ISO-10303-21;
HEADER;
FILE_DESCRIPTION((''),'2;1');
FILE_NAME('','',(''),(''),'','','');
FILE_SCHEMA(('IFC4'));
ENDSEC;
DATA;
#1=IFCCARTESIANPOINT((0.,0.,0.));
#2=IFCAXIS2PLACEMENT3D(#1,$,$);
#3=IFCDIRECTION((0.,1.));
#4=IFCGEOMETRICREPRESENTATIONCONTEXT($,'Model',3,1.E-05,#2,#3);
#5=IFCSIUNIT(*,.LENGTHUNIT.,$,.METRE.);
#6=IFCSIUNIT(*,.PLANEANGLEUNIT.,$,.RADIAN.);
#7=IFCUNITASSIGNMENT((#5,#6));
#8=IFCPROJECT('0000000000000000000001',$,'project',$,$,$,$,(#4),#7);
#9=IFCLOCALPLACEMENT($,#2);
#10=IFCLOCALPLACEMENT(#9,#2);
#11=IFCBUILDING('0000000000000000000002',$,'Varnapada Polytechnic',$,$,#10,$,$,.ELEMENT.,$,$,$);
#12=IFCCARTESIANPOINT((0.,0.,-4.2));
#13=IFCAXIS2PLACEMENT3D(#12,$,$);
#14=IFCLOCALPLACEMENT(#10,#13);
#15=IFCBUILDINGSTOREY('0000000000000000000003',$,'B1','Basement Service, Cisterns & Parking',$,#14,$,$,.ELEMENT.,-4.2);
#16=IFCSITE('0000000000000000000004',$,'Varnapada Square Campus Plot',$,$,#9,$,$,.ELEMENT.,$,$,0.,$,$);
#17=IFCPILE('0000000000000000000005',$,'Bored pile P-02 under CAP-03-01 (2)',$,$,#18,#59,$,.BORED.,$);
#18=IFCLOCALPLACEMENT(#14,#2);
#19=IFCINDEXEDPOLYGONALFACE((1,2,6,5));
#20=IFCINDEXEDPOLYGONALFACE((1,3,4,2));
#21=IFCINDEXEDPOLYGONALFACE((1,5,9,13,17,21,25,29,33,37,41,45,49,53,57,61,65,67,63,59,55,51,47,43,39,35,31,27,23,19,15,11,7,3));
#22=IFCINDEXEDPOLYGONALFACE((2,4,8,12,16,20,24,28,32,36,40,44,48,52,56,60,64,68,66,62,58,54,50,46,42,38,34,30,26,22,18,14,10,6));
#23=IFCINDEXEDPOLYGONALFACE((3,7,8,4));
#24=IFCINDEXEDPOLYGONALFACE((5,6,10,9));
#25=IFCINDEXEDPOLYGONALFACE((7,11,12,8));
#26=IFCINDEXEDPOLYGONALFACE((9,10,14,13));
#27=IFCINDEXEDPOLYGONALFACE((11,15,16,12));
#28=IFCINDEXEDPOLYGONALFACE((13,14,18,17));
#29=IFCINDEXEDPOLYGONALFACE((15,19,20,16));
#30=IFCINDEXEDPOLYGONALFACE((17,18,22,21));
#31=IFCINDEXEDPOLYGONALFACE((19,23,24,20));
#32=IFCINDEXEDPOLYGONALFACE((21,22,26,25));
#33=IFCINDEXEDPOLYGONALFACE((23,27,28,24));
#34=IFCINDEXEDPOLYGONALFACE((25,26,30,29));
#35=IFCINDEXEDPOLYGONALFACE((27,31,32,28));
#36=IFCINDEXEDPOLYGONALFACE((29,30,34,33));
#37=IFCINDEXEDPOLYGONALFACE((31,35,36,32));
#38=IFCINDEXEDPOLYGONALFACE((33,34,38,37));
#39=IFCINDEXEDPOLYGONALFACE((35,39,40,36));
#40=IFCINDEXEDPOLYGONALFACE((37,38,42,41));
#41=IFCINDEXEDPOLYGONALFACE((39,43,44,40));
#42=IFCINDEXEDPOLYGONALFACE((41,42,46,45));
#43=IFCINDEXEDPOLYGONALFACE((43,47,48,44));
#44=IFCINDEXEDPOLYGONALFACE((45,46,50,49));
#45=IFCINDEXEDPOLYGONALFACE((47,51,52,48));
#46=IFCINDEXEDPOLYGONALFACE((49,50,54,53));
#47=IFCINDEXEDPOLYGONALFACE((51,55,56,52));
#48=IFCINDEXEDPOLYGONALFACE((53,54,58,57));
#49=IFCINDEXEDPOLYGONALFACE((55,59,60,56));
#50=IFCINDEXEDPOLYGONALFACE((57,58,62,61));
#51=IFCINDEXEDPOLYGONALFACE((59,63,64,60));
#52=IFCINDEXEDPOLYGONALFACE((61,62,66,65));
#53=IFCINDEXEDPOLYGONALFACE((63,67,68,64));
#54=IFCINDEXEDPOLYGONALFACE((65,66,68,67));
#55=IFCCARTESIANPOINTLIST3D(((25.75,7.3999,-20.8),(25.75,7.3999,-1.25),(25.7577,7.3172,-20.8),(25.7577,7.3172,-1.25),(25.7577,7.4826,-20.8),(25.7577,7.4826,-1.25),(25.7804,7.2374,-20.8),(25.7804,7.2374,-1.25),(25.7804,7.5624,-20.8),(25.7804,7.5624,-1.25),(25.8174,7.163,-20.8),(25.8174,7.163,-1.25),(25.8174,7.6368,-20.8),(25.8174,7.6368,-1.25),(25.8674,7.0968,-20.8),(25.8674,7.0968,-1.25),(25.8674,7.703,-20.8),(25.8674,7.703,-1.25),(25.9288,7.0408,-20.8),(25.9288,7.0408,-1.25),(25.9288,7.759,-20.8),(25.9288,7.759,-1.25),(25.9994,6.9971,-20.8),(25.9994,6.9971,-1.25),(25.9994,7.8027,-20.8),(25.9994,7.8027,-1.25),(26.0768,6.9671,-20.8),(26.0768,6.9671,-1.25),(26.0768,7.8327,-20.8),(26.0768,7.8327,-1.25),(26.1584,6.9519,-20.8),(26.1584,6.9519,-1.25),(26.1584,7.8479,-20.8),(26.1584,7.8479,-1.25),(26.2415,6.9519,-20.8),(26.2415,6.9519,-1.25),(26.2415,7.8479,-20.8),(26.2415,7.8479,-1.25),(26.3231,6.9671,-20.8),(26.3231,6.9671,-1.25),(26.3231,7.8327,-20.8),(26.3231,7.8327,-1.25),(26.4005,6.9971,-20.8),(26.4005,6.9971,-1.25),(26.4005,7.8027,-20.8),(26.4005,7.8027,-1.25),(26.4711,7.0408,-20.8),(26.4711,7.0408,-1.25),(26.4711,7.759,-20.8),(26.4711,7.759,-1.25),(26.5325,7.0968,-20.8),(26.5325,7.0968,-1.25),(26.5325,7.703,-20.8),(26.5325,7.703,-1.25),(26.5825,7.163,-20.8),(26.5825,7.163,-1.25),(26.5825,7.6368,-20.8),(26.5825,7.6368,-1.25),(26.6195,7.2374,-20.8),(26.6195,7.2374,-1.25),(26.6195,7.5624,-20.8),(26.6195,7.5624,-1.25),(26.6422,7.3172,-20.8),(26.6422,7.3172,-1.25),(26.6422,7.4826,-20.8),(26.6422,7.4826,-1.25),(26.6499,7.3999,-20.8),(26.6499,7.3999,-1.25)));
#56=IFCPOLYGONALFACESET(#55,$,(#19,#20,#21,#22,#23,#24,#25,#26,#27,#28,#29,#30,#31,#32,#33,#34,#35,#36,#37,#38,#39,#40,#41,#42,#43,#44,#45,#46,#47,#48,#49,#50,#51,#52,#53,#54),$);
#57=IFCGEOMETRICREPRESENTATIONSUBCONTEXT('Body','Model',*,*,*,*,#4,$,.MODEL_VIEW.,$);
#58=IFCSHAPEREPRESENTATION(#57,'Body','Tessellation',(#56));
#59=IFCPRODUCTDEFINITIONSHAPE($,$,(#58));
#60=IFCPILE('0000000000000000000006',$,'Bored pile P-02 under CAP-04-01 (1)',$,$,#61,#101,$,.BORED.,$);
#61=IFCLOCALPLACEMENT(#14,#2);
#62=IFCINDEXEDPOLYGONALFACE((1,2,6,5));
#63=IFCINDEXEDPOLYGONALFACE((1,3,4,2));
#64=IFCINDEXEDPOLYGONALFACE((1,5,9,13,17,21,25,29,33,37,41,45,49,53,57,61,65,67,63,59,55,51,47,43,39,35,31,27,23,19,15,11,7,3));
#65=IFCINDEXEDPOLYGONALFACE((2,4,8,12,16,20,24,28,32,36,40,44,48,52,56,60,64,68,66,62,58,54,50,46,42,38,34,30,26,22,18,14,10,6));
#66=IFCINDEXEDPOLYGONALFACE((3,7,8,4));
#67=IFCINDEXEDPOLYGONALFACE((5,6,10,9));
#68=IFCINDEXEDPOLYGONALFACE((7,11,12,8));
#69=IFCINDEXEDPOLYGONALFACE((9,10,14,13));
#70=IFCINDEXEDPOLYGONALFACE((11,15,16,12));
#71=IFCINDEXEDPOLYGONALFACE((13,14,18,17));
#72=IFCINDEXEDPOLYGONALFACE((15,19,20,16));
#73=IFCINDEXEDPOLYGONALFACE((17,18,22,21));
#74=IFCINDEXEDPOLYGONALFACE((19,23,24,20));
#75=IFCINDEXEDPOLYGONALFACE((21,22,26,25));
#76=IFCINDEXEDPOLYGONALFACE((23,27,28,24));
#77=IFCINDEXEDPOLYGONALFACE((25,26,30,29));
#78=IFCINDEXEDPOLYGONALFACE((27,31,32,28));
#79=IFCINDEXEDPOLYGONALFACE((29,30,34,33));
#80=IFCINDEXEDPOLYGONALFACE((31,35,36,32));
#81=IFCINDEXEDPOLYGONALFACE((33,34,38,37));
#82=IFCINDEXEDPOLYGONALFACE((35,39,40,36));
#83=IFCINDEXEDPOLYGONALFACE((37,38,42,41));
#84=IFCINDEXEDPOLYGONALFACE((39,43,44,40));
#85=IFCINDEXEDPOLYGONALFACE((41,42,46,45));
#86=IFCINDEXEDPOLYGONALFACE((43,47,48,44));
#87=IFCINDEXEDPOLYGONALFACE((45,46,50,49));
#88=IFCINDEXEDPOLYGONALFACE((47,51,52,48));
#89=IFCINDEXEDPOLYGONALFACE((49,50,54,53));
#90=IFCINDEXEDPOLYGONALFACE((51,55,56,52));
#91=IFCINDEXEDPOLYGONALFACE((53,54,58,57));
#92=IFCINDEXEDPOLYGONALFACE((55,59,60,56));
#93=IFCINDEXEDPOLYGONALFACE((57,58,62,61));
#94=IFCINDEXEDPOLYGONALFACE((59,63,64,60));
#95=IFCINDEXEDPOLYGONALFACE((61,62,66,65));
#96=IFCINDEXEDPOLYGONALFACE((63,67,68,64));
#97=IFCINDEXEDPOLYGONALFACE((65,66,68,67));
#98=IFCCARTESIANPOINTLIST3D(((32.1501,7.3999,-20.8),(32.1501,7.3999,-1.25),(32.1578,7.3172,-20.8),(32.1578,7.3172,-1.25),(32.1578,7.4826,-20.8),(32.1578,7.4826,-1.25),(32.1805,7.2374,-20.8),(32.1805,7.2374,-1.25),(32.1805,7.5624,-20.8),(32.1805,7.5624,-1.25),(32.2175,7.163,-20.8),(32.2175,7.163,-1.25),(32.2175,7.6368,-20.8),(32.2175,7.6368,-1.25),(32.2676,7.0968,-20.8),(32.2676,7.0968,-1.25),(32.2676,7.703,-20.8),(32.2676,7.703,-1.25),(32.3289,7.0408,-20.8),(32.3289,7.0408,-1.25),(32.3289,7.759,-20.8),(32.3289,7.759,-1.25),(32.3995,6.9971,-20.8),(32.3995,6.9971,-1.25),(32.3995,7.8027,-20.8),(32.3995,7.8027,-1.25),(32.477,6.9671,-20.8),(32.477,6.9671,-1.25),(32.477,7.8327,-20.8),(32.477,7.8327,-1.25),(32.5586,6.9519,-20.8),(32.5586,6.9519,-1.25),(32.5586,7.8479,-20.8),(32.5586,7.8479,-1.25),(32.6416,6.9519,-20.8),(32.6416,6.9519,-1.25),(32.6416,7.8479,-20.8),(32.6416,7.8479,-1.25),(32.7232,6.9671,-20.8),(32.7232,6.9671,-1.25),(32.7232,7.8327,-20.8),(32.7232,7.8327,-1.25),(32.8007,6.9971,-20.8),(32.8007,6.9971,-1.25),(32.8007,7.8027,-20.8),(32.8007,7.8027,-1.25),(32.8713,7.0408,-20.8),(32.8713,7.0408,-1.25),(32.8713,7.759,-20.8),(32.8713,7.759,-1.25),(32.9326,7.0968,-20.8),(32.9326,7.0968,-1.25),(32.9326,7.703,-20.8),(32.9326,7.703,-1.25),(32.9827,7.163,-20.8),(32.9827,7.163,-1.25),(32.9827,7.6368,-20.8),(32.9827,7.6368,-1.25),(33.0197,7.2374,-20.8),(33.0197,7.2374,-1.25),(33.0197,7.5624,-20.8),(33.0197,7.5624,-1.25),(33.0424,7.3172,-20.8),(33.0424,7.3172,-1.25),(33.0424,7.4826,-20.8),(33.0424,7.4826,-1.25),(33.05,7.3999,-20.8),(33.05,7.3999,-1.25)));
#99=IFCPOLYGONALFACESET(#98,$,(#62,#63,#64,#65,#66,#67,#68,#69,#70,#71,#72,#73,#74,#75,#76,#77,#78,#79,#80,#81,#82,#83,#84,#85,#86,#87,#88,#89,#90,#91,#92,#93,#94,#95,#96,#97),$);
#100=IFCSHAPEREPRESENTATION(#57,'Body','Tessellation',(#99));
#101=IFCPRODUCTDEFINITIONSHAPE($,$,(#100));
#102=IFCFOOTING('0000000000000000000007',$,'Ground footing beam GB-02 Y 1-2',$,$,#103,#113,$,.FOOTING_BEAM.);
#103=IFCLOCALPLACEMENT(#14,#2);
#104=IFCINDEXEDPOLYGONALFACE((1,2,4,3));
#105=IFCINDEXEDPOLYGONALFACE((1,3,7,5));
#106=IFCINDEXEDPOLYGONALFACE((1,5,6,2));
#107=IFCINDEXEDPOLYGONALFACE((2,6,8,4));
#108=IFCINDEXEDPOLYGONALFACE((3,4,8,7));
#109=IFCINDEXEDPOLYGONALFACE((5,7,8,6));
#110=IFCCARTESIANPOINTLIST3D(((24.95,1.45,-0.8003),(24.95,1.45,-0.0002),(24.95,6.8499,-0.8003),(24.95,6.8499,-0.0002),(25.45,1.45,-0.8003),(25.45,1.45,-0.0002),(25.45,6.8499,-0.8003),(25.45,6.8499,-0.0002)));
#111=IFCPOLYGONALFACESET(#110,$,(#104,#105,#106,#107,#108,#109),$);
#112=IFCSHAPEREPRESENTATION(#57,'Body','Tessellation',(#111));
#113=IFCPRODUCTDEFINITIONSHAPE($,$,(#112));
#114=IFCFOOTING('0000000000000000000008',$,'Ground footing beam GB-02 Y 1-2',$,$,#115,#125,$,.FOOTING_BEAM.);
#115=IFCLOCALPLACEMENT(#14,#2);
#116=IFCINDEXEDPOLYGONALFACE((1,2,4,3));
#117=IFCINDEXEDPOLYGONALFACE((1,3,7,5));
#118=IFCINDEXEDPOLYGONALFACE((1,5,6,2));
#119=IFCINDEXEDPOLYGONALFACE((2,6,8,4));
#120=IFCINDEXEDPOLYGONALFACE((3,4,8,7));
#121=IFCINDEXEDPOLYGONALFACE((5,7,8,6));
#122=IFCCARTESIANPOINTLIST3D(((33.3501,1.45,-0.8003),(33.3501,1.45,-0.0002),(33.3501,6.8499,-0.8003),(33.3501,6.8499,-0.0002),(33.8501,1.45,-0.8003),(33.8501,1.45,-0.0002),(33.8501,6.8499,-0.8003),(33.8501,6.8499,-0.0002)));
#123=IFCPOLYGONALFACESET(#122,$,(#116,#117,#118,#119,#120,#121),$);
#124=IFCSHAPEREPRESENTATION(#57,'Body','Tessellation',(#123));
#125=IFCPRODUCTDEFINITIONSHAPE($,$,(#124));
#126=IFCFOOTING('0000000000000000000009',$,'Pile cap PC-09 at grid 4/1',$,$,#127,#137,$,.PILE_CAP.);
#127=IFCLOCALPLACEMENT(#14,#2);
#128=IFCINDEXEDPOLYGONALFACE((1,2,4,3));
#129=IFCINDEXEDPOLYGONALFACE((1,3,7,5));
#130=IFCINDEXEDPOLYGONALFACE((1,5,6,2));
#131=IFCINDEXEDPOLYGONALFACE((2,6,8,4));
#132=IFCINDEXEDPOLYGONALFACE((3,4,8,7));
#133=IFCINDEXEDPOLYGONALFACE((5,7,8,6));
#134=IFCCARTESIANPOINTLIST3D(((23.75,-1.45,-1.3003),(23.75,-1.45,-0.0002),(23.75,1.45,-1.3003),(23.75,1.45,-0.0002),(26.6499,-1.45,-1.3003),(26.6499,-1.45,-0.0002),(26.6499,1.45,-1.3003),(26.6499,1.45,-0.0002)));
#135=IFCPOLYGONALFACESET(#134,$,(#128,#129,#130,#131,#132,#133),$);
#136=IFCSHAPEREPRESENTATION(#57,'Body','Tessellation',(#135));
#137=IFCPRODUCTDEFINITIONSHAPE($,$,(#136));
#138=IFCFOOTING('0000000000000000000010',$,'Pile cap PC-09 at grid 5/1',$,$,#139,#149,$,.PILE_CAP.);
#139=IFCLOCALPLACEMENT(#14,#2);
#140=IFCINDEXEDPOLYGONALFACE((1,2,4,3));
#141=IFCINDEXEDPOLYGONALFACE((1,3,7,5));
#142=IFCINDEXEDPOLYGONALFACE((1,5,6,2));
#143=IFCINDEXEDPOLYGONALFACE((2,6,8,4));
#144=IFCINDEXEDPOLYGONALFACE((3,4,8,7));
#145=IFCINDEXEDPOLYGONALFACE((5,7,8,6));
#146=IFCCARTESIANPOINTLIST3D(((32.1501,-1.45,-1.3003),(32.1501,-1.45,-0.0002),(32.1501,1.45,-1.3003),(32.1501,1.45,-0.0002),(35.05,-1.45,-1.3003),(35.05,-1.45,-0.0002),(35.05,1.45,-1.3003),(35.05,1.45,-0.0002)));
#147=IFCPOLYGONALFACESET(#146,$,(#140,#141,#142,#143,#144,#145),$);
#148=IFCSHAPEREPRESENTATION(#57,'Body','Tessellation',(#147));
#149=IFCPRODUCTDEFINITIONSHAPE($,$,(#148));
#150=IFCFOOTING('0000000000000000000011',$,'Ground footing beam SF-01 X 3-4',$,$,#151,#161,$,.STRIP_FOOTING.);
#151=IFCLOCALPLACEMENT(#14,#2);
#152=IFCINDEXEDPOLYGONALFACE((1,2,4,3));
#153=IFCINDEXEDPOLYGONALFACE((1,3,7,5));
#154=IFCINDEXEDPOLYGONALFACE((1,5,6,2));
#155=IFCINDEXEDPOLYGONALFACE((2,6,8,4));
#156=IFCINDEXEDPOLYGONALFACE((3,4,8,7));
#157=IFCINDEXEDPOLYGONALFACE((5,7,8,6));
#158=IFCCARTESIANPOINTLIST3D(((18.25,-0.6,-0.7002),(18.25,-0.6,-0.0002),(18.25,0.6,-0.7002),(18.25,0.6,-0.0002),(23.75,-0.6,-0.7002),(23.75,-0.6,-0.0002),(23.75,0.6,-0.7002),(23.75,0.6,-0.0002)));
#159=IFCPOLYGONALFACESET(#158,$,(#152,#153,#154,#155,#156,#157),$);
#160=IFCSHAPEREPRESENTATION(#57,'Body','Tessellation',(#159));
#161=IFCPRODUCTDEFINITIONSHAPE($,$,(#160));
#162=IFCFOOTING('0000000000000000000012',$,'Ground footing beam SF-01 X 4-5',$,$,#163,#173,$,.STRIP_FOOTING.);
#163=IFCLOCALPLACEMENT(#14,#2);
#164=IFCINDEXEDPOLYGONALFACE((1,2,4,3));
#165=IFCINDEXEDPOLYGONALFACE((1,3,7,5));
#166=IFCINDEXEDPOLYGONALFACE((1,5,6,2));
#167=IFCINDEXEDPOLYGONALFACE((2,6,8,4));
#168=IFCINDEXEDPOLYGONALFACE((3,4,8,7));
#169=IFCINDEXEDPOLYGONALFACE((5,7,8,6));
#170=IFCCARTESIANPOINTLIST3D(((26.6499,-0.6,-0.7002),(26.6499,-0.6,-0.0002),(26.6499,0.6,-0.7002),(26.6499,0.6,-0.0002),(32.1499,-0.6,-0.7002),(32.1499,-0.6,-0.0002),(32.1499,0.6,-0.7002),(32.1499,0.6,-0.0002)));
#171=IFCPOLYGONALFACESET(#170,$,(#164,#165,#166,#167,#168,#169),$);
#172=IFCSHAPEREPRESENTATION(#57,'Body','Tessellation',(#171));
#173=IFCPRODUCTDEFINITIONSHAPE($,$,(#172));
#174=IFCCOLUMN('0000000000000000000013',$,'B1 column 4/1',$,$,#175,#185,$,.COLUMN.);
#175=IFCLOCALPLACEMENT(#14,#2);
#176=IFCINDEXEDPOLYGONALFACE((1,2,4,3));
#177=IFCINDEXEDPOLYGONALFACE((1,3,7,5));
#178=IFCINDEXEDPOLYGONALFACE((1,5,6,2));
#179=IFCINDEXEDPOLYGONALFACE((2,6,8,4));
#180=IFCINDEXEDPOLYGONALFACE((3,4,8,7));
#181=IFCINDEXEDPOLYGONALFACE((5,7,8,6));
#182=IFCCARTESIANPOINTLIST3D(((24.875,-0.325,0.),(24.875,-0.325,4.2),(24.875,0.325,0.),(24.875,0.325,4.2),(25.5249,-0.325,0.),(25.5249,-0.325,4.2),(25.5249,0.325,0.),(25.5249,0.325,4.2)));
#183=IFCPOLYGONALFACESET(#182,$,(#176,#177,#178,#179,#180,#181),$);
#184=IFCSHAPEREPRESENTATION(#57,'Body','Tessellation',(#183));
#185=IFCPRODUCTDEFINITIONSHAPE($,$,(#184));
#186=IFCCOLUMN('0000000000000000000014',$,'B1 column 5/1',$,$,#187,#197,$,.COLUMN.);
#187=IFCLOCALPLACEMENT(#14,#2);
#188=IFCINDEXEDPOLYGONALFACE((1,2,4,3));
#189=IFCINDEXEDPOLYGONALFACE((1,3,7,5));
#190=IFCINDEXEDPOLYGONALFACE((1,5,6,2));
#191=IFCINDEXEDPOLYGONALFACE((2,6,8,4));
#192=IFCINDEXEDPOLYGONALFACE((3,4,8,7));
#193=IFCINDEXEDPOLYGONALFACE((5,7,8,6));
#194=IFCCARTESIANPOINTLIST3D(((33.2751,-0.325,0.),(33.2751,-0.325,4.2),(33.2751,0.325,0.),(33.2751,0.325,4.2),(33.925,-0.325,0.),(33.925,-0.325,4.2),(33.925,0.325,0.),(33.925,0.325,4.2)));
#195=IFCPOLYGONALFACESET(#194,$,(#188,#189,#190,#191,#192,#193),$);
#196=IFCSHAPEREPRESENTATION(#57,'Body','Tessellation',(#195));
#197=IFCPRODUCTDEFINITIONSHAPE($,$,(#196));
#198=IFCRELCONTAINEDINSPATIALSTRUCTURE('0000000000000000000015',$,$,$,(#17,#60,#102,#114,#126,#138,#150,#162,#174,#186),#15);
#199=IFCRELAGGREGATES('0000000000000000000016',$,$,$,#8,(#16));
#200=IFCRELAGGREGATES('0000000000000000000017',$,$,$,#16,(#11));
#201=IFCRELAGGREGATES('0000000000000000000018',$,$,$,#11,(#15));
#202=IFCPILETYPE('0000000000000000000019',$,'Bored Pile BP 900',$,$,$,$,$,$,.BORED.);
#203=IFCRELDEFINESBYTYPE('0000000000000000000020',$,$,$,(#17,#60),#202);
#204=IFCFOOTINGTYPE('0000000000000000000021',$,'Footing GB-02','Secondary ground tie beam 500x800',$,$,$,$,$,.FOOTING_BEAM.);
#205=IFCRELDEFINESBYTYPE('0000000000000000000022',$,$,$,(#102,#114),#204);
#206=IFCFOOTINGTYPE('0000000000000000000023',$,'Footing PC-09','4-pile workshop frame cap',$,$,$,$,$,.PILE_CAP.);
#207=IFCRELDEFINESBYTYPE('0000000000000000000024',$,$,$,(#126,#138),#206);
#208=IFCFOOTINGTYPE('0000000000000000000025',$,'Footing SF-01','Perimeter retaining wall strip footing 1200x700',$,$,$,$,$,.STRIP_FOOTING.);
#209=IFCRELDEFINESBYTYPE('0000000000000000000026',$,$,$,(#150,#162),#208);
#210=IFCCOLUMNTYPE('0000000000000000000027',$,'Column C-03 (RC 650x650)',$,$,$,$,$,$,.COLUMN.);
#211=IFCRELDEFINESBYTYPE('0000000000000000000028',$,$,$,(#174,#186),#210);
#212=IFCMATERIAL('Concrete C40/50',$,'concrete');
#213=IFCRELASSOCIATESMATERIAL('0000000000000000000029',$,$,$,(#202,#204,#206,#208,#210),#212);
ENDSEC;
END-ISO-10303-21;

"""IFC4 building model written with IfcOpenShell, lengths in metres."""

from ifc_helpers import new_model, si_unit, direction, frame, origin, origin_2d, place, context, subcontext, project, spatial, rectangle, circle, extrude, material, material_profile, profile_set, type_object, element, save


model = new_model("IFC4")

# Units and contexts
model_context = context("Model", 3, precision=1e-05, world=origin(), true_north=direction((0.0, 1.0)))
body_context = subcontext(model_context, "Body", "Model", "MODEL_VIEW")
ifc_project = project(units=[si_unit("LENGTHUNIT", "METRE"), si_unit("PLANEANGLEUNIT", "RADIAN")], contexts=[model_context])

# Site, building, storey
site_placement = place(None, origin())
site = spatial("IfcSite", under=ifc_project, at=site_placement, Name="Varnapada Square Campus Plot", CompositionType="ELEMENT", RefElevation=0.0)
building_placement = place(site_placement, origin())
building = spatial("IfcBuilding", under=site, at=building_placement, Name="Varnapada Polytechnic", CompositionType="ELEMENT")
storey_placement = place(building_placement, frame((0.0, 0.0, -4.2)))
storey = spatial("IfcBuildingStorey", under=building, at=storey_placement, Name="B1", Description="Basement Service, Cisterns & Parking", CompositionType="ELEMENT", Elevation=-4.2)

# Piles
ifc_material_1 = material(Name="Concrete C40/50", Category="concrete")
ifc_material_profile_1 = material_profile(ifc_material_1, circle(Radius=0.45, at=origin_2d()), Name="BP 900")
ifc_profile_set_1 = profile_set([ifc_material_profile_1], Name="Concrete C40/50")
pile_type_1 = type_object("IfcPileType", Name="Bored Pile BP 900", PredefinedType="BORED", material=ifc_profile_set_1)
for number, where, z_axis, x_axis, name in (
    (1, (26.2, 7.3999, -1.25), (0.0, 0.0, -1.0), (1.0, 0.0, 0.0), "Bored pile P-02 under CAP-03-01 (2)"),
    (2, (32.6001, 7.3999, -1.25), (0.0, 0.0, -1.0), (1.0, 0.0, 0.0), "Bored pile P-02 under CAP-04-01 (1)"),
):
    element("IfcPile", number, at=place(storey_placement, frame(where, z_axis=z_axis, x_axis=x_axis)), inside=storey, type_object=pile_type_1, Name=name, PredefinedType="BORED", context=body_context, shape_type="SweptSolid", body=[
        extrude(circle(Radius=0.45, at=origin_2d()), origin(), (0.0, 0.0, 1.0), 19.55),
    ])

# Footings
footing_type_1 = type_object("IfcFootingType", Name="Footing GB-02", Description="Secondary ground tie beam 500x800", PredefinedType="FOOTING_BEAM", material=ifc_material_1)
for number, where, z_axis, x_axis, name in (
    (3, (25.2, 4.1499, -0.8003), (0.0, 0.0, 1.0), (0.0, 1.0, 0.0), "Ground footing beam GB-02 Y 1-2"),
    (4, (33.6001, 4.1499, -0.8003), (0.0, 0.0, 1.0), (0.0, 1.0, 0.0), "Ground footing beam GB-02 Y 1-2"),
):
    element("IfcFooting", number, at=place(storey_placement, frame(where, z_axis=z_axis, x_axis=x_axis)), inside=storey, type_object=footing_type_1, Name=name, PredefinedType="FOOTING_BEAM", context=body_context, shape_type="SweptSolid", body=[
        extrude(rectangle(XDim=5.3999, YDim=0.5, at=origin_2d()), origin(), (0.0, 0.0, 1.0), 0.8),
    ])
footing_type_2 = type_object("IfcFootingType", Name="Footing PC-09", Description="4-pile workshop frame cap", PredefinedType="PILE_CAP", material=ifc_material_1)
for number, where, z_axis, x_axis, name in (
    (5, (25.2, 0.0, -1.3003), (0.0, 0.0, 1.0), (1.0, 0.0, 0.0), "Pile cap PC-09 at grid 4/1"),
    (6, (33.6001, 0.0, -1.3003), (0.0, 0.0, 1.0), (1.0, 0.0, 0.0), "Pile cap PC-09 at grid 5/1"),
):
    element("IfcFooting", number, at=place(storey_placement, frame(where, z_axis=z_axis, x_axis=x_axis)), inside=storey, type_object=footing_type_2, Name=name, PredefinedType="PILE_CAP", context=body_context, shape_type="SweptSolid", body=[
        extrude(rectangle(XDim=2.8999, YDim=2.8999, at=origin_2d()), origin(), (0.0, 0.0, 1.0), 1.3),
    ])
footing_type_3 = type_object("IfcFootingType", Name="Footing SF-01", Description="Perimeter retaining wall strip footing 1200x700", PredefinedType="STRIP_FOOTING", material=ifc_material_1)
for number, where, z_axis, x_axis, name in (
    (7, (21.0, 0.0, -0.7002), (0.0, 0.0, 1.0), (1.0, 0.0, 0.0), "Ground footing beam SF-01 X 3-4"),
    (8, (29.3999, 0.0, -0.7002), (0.0, 0.0, 1.0), (1.0, 0.0, 0.0), "Ground footing beam SF-01 X 4-5"),
):
    element("IfcFooting", number, at=place(storey_placement, frame(where, z_axis=z_axis, x_axis=x_axis)), inside=storey, type_object=footing_type_3, Name=name, PredefinedType="STRIP_FOOTING", context=body_context, shape_type="SweptSolid", body=[
        extrude(rectangle(XDim=5.5, YDim=1.2, at=origin_2d()), origin(), (0.0, 0.0, 1.0), 0.7),
    ])

# Columns
ifc_material_profile_2 = material_profile(ifc_material_1, rectangle(XDim=0.6499, YDim=0.6499, at=origin_2d()), Name="RC 650x650")
ifc_profile_set_2 = profile_set([ifc_material_profile_2], Name="Concrete C40/50")
column_type = type_object("IfcColumnType", Name="Column C-03 (RC 650x650)", PredefinedType="COLUMN", material=ifc_profile_set_2)
for number, where, z_axis, x_axis, name in (
    (9, (25.2, 0.0, 0.0), (0.0, 0.0, 1.0), (1.0, 0.0, 0.0), "B1 column 4/1"),
    (10, (33.6001, 0.0, 0.0), (0.0, 0.0, 1.0), (1.0, 0.0, 0.0), "B1 column 5/1"),
):
    element("IfcColumn", number, at=place(storey_placement, frame(where, z_axis=z_axis, x_axis=x_axis)), inside=storey, type_object=column_type, Name=name, PredefinedType="COLUMN", context=body_context, shape_type="SweptSolid", body=[
        extrude(rectangle(XDim=0.6499, YDim=0.6499, at=origin_2d()), origin(), (0.0, 0.0, 1.0), 4.2),
    ])

save(model, "model.ifc")
